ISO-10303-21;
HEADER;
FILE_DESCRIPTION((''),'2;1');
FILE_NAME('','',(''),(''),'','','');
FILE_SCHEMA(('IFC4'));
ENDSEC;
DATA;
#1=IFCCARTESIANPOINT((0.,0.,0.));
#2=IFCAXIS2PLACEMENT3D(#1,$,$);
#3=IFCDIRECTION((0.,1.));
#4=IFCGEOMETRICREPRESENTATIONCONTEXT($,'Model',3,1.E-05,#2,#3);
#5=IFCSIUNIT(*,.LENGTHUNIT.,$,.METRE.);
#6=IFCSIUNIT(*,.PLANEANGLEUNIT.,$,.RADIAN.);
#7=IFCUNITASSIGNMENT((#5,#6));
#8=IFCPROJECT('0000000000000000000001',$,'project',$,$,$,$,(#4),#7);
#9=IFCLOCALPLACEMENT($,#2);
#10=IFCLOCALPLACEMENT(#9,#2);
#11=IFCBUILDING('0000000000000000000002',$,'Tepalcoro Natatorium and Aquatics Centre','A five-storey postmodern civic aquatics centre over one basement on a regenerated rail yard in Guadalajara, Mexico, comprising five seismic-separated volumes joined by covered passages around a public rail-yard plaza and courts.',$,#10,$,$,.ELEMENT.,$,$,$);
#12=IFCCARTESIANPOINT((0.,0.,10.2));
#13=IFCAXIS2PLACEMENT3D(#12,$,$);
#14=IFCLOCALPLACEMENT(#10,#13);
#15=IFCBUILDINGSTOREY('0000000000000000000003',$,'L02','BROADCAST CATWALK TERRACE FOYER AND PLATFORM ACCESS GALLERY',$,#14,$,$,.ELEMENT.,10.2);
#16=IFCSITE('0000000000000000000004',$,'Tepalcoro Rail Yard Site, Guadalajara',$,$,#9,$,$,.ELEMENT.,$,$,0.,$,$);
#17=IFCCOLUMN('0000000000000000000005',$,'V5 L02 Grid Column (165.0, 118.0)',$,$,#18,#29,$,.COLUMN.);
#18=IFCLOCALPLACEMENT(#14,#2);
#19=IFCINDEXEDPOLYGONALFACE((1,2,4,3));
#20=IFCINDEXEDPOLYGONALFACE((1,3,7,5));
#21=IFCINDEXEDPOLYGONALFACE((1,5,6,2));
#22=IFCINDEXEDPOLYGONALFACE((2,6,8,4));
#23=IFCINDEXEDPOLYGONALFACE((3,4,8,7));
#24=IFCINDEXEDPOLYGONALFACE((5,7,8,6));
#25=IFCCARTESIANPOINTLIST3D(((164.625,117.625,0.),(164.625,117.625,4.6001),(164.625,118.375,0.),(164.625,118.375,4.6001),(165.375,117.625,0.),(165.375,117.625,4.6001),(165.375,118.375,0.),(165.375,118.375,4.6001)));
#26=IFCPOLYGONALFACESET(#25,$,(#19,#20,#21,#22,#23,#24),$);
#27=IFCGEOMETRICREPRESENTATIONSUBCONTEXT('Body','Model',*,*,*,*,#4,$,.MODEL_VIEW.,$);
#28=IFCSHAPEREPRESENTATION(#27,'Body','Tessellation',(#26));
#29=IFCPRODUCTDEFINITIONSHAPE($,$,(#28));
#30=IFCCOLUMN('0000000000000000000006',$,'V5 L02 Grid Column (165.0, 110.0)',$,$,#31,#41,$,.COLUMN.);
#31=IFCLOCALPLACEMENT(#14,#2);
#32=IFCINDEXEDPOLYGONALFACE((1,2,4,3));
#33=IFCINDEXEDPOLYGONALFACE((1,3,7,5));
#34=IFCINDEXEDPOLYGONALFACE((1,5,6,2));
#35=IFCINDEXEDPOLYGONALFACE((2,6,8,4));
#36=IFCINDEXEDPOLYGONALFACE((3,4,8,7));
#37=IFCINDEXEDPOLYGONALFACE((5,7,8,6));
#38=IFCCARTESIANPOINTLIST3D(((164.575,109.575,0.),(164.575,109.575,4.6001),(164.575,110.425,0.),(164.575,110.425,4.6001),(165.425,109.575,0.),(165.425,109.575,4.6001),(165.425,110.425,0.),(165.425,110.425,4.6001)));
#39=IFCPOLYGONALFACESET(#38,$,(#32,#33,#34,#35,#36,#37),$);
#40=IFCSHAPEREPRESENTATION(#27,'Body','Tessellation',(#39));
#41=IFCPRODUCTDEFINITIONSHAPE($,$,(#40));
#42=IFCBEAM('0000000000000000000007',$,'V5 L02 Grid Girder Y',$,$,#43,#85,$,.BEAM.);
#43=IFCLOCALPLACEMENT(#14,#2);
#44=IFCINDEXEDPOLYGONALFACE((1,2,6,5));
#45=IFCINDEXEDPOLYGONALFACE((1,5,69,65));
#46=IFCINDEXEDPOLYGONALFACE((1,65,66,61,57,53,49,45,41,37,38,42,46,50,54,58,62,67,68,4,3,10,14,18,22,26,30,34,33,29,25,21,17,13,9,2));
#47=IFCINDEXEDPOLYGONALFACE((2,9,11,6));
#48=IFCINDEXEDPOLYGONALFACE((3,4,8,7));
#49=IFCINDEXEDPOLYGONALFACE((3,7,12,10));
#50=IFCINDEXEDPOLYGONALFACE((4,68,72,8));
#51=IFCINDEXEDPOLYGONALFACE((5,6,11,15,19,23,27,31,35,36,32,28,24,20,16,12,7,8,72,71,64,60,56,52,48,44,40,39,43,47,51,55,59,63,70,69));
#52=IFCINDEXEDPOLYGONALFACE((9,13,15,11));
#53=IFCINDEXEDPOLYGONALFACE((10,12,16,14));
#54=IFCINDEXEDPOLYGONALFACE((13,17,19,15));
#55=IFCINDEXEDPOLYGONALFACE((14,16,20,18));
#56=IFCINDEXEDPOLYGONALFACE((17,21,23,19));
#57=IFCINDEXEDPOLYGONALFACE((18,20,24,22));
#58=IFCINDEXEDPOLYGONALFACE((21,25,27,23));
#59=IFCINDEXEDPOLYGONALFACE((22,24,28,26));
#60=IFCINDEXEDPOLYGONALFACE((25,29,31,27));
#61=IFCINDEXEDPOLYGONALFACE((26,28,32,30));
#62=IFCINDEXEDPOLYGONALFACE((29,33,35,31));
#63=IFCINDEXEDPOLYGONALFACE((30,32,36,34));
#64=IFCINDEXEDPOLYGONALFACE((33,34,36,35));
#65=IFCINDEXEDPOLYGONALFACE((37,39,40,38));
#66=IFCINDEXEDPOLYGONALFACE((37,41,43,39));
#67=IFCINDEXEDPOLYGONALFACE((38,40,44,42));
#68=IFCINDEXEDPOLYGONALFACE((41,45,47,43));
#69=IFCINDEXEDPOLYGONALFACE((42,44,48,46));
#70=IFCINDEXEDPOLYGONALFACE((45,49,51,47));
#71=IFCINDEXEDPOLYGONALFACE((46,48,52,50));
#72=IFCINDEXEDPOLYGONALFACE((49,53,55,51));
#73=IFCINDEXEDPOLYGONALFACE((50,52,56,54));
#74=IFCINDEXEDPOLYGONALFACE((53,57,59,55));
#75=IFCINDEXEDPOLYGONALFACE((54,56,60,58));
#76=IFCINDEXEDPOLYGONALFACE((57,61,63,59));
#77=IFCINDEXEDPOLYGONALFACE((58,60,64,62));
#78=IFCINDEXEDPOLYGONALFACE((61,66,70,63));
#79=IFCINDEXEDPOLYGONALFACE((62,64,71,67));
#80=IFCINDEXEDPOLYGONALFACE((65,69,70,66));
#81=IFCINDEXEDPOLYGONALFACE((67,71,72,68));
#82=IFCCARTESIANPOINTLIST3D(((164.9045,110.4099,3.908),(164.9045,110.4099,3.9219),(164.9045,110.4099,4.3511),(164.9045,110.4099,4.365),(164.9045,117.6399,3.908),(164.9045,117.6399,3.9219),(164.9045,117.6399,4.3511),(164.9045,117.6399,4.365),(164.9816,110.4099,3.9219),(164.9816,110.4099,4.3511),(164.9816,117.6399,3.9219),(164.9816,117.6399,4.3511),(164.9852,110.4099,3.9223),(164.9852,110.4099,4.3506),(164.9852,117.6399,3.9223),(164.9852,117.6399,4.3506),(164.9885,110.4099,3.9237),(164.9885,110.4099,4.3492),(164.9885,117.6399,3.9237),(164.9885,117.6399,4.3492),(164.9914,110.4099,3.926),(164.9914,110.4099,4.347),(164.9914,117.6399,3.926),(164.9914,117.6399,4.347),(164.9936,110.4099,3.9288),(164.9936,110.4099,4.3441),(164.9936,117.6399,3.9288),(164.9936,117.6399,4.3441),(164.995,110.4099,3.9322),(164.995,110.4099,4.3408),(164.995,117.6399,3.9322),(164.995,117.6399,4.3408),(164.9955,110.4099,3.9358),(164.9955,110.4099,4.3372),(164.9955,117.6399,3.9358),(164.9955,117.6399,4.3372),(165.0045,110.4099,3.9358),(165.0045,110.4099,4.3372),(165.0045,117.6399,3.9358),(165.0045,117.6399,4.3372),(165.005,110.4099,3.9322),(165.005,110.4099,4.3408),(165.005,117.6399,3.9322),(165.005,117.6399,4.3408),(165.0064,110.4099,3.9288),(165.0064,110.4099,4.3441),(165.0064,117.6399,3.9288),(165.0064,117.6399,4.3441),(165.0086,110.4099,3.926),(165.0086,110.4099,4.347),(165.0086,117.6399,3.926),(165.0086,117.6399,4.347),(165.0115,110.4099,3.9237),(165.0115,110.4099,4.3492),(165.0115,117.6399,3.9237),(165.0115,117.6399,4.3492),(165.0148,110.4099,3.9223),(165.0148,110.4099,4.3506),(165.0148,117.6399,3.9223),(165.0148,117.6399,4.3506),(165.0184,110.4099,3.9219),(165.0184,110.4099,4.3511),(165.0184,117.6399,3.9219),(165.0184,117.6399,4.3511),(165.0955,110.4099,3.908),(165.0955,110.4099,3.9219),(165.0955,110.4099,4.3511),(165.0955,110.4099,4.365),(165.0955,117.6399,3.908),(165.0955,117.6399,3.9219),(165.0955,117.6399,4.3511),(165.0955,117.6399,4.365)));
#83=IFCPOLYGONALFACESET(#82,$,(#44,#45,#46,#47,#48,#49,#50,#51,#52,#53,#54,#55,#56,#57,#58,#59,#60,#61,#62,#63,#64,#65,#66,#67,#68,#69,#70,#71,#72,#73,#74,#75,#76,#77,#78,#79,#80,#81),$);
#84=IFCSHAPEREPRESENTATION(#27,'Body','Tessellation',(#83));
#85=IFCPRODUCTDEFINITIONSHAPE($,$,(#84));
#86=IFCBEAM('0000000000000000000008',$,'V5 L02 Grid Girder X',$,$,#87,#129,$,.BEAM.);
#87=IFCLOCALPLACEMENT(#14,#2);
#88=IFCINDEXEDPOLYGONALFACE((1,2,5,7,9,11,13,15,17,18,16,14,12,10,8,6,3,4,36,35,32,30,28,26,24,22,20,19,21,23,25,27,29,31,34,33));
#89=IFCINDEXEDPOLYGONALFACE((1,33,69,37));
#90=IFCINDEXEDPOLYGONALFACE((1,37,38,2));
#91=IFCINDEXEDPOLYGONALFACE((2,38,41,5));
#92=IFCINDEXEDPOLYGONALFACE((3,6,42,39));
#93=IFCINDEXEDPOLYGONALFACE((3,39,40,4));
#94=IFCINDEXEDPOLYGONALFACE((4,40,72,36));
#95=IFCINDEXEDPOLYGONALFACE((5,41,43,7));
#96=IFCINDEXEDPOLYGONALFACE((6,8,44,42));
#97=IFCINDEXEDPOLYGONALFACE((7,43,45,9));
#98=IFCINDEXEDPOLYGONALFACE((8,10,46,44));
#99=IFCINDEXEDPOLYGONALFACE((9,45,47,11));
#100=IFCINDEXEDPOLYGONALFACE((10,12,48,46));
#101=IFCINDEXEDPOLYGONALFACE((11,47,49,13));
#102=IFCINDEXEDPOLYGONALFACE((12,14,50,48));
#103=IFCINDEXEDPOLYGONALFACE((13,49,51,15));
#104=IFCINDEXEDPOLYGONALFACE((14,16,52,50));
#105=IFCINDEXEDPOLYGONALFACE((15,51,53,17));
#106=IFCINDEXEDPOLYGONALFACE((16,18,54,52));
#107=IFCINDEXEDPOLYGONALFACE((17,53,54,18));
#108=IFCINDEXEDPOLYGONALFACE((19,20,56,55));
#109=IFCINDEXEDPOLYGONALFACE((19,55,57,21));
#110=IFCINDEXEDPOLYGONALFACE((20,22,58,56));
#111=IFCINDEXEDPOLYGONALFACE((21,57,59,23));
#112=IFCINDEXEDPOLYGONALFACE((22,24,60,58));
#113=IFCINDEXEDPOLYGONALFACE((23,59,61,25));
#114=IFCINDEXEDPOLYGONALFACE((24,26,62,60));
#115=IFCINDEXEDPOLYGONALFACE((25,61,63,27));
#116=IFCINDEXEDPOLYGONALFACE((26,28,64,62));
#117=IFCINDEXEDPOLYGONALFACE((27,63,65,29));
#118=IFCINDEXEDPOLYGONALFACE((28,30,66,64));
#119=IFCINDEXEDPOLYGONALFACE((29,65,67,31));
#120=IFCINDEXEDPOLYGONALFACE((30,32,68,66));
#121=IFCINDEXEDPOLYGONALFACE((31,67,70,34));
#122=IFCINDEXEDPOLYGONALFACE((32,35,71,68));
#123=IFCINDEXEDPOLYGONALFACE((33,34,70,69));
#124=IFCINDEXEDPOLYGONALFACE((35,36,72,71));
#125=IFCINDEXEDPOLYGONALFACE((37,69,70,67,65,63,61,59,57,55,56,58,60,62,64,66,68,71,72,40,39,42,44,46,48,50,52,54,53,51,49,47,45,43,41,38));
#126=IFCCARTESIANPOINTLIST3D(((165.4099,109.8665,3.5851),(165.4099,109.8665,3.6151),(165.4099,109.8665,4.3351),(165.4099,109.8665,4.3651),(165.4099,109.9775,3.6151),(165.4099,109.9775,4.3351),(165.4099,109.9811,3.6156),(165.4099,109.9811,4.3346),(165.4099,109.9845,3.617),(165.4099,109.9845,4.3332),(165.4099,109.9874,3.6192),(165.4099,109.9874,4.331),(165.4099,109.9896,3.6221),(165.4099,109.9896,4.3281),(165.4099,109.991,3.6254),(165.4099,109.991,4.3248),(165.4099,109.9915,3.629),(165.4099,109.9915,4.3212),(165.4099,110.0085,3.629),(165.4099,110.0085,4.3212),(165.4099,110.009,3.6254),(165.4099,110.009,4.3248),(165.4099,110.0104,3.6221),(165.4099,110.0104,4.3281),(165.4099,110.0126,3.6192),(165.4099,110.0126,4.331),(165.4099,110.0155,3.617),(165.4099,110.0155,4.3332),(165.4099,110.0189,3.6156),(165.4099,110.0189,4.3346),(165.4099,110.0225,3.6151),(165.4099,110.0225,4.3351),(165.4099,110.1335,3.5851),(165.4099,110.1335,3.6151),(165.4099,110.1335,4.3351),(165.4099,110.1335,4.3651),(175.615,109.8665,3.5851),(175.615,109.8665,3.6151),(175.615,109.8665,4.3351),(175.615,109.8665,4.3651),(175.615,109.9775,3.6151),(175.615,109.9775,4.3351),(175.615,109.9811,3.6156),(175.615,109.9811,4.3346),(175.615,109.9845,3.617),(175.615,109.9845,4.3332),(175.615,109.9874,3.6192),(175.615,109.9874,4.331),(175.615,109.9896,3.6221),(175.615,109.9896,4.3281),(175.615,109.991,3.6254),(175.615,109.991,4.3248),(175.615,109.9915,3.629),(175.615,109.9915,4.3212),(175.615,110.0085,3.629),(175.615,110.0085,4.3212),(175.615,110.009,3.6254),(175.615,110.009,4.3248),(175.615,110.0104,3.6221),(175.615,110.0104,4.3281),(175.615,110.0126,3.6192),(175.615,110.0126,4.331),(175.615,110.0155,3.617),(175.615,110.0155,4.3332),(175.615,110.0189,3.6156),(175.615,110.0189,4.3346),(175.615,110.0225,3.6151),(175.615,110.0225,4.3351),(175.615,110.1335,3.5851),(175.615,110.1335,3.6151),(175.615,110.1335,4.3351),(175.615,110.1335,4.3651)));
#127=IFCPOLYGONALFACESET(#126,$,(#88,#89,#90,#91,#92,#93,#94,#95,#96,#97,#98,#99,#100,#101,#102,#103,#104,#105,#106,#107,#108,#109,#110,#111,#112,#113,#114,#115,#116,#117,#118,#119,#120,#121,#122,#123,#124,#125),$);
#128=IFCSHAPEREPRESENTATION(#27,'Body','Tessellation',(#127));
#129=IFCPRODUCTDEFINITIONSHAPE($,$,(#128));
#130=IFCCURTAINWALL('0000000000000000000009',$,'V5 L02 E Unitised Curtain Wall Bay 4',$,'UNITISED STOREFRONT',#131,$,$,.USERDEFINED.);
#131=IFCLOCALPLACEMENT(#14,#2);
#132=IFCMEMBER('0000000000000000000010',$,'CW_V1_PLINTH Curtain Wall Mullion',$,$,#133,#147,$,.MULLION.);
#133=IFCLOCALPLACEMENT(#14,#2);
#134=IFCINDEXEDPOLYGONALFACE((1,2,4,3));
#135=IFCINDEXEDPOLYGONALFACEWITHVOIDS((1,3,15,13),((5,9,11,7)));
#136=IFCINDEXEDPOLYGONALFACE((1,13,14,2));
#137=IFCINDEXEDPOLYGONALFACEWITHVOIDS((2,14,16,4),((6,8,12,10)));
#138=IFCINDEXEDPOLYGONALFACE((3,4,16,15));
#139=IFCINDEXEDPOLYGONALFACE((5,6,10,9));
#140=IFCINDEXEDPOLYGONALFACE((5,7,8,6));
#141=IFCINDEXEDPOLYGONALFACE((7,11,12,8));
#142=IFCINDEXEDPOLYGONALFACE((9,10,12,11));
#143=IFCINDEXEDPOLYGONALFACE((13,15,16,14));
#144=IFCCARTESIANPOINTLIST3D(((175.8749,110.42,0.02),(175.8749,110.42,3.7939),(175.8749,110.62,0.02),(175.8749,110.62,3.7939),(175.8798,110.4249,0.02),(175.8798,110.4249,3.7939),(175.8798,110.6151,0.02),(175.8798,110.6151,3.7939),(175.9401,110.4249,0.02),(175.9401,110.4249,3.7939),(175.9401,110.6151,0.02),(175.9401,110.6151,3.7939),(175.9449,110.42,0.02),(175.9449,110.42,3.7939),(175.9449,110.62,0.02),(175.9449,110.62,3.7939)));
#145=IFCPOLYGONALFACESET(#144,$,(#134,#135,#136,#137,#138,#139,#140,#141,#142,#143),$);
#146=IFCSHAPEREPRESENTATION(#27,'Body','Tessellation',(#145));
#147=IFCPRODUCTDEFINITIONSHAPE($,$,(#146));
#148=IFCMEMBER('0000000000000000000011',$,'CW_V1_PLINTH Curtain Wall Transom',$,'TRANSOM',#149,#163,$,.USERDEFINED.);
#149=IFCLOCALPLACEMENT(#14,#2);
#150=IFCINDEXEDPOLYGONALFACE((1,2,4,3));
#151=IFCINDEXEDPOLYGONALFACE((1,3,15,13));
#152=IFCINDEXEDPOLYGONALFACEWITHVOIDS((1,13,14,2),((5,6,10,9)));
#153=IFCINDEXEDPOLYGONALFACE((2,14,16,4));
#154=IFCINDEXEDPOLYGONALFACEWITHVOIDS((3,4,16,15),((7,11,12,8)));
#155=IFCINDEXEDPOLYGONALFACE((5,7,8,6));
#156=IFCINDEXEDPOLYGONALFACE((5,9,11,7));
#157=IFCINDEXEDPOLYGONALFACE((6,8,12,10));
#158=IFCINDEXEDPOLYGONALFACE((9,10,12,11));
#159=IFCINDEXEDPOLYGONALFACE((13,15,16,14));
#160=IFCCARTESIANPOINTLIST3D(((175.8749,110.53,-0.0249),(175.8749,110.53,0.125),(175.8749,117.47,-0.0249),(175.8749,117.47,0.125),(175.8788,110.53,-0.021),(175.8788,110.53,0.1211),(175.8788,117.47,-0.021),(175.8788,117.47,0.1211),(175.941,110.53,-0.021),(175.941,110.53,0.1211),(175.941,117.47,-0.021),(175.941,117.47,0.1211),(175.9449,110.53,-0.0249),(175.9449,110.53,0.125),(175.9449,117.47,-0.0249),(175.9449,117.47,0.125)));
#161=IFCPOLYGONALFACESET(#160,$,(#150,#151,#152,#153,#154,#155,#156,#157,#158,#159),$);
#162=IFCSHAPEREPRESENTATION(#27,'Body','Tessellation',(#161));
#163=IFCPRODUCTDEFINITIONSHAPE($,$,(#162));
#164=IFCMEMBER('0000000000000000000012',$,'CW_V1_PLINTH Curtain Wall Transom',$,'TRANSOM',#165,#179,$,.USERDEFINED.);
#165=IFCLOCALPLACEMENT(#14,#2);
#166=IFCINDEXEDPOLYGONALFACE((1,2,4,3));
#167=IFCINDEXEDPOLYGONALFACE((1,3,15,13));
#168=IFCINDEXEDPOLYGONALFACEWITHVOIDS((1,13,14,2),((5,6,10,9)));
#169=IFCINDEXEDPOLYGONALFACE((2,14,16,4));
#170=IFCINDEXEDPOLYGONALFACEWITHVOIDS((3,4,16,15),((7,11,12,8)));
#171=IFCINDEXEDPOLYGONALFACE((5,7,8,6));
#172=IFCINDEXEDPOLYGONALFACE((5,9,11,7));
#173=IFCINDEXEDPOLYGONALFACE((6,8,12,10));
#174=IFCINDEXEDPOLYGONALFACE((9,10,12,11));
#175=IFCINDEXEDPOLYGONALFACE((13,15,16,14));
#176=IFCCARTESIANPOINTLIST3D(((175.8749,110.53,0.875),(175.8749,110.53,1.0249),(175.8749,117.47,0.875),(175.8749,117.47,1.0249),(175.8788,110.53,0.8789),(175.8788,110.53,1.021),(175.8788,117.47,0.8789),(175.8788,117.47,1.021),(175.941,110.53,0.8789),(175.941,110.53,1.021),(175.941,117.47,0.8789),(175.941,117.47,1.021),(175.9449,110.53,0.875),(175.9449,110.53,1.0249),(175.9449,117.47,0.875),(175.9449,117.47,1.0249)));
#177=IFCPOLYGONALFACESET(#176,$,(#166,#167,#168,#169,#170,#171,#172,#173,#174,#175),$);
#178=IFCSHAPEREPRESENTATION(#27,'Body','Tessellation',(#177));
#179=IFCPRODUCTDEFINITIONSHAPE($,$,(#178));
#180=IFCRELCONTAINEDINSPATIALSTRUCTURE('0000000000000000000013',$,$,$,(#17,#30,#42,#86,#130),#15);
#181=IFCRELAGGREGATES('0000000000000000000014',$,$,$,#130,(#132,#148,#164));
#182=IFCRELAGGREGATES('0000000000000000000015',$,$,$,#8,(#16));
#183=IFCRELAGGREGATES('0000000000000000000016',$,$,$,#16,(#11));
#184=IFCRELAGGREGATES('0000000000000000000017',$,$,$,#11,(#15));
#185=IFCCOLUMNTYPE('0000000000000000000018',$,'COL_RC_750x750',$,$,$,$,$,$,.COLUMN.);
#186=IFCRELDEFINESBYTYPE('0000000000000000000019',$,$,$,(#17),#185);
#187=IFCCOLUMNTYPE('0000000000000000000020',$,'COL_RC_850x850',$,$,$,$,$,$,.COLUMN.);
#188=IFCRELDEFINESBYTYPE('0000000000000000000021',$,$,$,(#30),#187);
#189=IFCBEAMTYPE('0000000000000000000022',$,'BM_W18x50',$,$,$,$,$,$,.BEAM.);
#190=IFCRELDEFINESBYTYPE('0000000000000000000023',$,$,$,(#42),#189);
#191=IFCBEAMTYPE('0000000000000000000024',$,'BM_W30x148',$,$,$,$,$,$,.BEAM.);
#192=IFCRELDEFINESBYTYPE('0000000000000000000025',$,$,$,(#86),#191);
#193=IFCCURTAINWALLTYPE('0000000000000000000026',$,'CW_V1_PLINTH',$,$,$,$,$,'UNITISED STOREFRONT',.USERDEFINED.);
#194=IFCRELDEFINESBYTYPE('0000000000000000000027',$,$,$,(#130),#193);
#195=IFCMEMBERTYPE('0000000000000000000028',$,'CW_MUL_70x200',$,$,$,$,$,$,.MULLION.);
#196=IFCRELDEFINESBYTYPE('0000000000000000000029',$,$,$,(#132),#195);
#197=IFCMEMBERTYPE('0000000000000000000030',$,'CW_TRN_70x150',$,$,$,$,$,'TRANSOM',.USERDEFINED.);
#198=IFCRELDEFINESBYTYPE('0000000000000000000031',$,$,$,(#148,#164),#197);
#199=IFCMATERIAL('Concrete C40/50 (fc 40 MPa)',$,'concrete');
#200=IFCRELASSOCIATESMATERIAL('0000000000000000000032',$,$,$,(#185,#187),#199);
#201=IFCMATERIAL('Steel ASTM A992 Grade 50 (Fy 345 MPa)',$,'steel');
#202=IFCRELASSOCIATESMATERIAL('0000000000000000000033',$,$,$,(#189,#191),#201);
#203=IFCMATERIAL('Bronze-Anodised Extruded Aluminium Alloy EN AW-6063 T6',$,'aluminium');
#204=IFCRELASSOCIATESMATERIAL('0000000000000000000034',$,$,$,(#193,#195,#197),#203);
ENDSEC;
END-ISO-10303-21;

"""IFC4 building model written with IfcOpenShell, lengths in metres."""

from ifc_helpers import new_model, si_unit, direction, frame, origin, origin_2d, place, context, subcontext, project, spatial, rectangle, hollow_rectangle, i_section, extrude, material, material_profile, profile_set, type_object, element, aggregate, save


model = new_model("IFC4")

# Units and contexts
model_context = context("Model", 3, precision=1e-05, world=origin(), true_north=direction((0.0, 1.0)))
body_context = subcontext(model_context, "Body", "Model", "MODEL_VIEW")
ifc_project = project(units=[si_unit("LENGTHUNIT", "METRE"), si_unit("PLANEANGLEUNIT", "RADIAN")], contexts=[model_context])

# Site, building, storey
site_placement = place(None, origin())
site = spatial("IfcSite", under=ifc_project, at=site_placement, Name="Tepalcoro Rail Yard Site, Guadalajara", CompositionType="ELEMENT", RefElevation=0.0)
building_placement = place(site_placement, origin())
building = spatial("IfcBuilding", under=site, at=building_placement, Name="Tepalcoro Natatorium and Aquatics Centre", Description="A five-storey postmodern civic aquatics centre over one basement on a regenerated rail yard in Guadalajara, Mexico, comprising five seismic-separated volumes joined by covered passages around a public rail-yard plaza and courts.", CompositionType="ELEMENT")
storey_placement = place(building_placement, frame((0.0, 0.0, 10.2)))
storey = spatial("IfcBuildingStorey", under=building, at=storey_placement, Name="L02", Description="BROADCAST CATWALK TERRACE FOYER AND PLATFORM ACCESS GALLERY", CompositionType="ELEMENT", Elevation=10.2)

# Columns
ifc_material_1 = material(Name="Concrete C40/50 (fc 40 MPa)", Category="concrete")
ifc_material_profile_1 = material_profile(ifc_material_1, rectangle(XDim=0.75, YDim=0.75, at=origin_2d()), Name="RC750x750")
ifc_profile_set_1 = profile_set([ifc_material_profile_1], Name="Concrete C40/50 (fc 40 MPa)")
column_type_1 = type_object("IfcColumnType", Name="COL_RC_750x750", PredefinedType="COLUMN", material=ifc_profile_set_1)
column_1_placement = place(storey_placement, frame((165.0, 118.0, 0.0), z_axis=(0.0, 0.0, 1.0), x_axis=(1.0, 0.0, 0.0)))
element("IfcColumn", 1, at=column_1_placement, inside=storey, type_object=column_type_1, Name="V5 L02 Grid Column (165.0, 118.0)", PredefinedType="COLUMN", context=body_context, shape_type="SweptSolid", body=[
    extrude(rectangle(XDim=0.75, YDim=0.75, at=origin_2d()), origin(), (0.0, 0.0, 1.0), 4.6001),
])
ifc_material_profile_2 = material_profile(ifc_material_1, rectangle(XDim=0.8501, YDim=0.8501, at=origin_2d()), Name="RC850x850")
ifc_profile_set_2 = profile_set([ifc_material_profile_2], Name="Concrete C40/50 (fc 40 MPa)")
column_type_2 = type_object("IfcColumnType", Name="COL_RC_850x850", PredefinedType="COLUMN", material=ifc_profile_set_2)
column_2_placement = place(storey_placement, frame((165.0, 110.0, 0.0), z_axis=(0.0, 0.0, 1.0), x_axis=(1.0, 0.0, 0.0)))
element("IfcColumn", 2, at=column_2_placement, inside=storey, type_object=column_type_2, Name="V5 L02 Grid Column (165.0, 110.0)", PredefinedType="COLUMN", context=body_context, shape_type="SweptSolid", body=[
    extrude(rectangle(XDim=0.8501, YDim=0.8501, at=origin_2d()), origin(), (0.0, 0.0, 1.0), 4.6001),
])

# Beams
ifc_material_2 = material(Name="Steel ASTM A992 Grade 50 (Fy 345 MPa)", Category="steel")
ifc_material_profile_3 = material_profile(ifc_material_2, i_section(OverallWidth=0.1909, OverallDepth=0.457, WebThickness=0.009, FlangeThickness=0.0139, FilletRadius=0.0139, at=origin_2d()), Name="W18X50")
ifc_profile_set_3 = profile_set([ifc_material_profile_3], Name="Steel ASTM A992 Grade 50 (Fy 345 MPa)")
beam_type_1 = type_object("IfcBeamType", Name="BM_W18x50", PredefinedType="BEAM", material=ifc_profile_set_3)
beam_1_placement = place(storey_placement, frame((165.0, 110.4099, 4.1365), z_axis=(0.0, 1.0, 0.0), x_axis=(-1.0, 0.0, 0.0)))
element("IfcBeam", 3, at=beam_1_placement, inside=storey, type_object=beam_type_1, Name="V5 L02 Grid Girder Y", PredefinedType="BEAM", context=body_context, shape_type="SweptSolid", body=[
    extrude(i_section(OverallWidth=0.1909, OverallDepth=0.457, WebThickness=0.009, FlangeThickness=0.0139, FilletRadius=0.0139, at=origin_2d()), origin(), (0.0, 0.0, 1.0), 7.23),
])
ifc_material_profile_4 = material_profile(ifc_material_2, i_section(OverallWidth=0.2671, OverallDepth=0.78, WebThickness=0.0171, FlangeThickness=0.03, FilletRadius=0.0139, at=origin_2d()), Name="W30X148")
ifc_profile_set_4 = profile_set([ifc_material_profile_4], Name="Steel ASTM A992 Grade 50 (Fy 345 MPa)")
beam_type_2 = type_object("IfcBeamType", Name="BM_W30x148", PredefinedType="BEAM", material=ifc_profile_set_4)
beam_2_placement = place(storey_placement, frame((165.4099, 110.0, 3.9751), z_axis=(1.0, 0.0, 0.0), x_axis=(0.0, 1.0, 0.0)))
element("IfcBeam", 4, at=beam_2_placement, inside=storey, type_object=beam_type_2, Name="V5 L02 Grid Girder X", PredefinedType="BEAM", context=body_context, shape_type="SweptSolid", body=[
    extrude(i_section(OverallWidth=0.2671, OverallDepth=0.78, WebThickness=0.0171, FlangeThickness=0.03, FilletRadius=0.0139, at=origin_2d()), origin(), (0.0, 0.0, 1.0), 10.2051),
])

# Curtain wall, members
ifc_material_3 = material(Name="Bronze-Anodised Extruded Aluminium Alloy EN AW-6063 T6", Category="aluminium")
curtain_wall_type = type_object("IfcCurtainWallType", Name="CW_V1_PLINTH", ElementType="UNITISED STOREFRONT", PredefinedType="USERDEFINED", material=ifc_material_3)
curtain_wall_placement = place(storey_placement, origin())
curtain_wall = element("IfcCurtainWall", 5, at=curtain_wall_placement, inside=storey, type_object=curtain_wall_type, Name="V5 L02 E Unitised Curtain Wall Bay 4", ObjectType="UNITISED STOREFRONT", PredefinedType="USERDEFINED")
ifc_material_profile_5 = material_profile(ifc_material_3, hollow_rectangle(XDim=0.0701, YDim=0.2, WallThickness=0.0049, at=origin_2d()), Name="AL70X200X5")
ifc_profile_set_5 = profile_set([ifc_material_profile_5], Name="Bronze-Anodised Extruded Aluminium Alloy EN AW-6063 T6")
member_type_1 = type_object("IfcMemberType", Name="CW_MUL_70x200", PredefinedType="MULLION", material=ifc_profile_set_5)
member_1_placement = place(storey_placement, frame((175.9099, 110.52, 0.02), z_axis=(0.0, 0.0, 1.0), x_axis=(1.0, 0.0, 0.0)))
member_1 = element("IfcMember", 6, at=member_1_placement, type_object=member_type_1, Name="CW_V1_PLINTH Curtain Wall Mullion", PredefinedType="MULLION", context=body_context, shape_type="SweptSolid", body=[
    extrude(hollow_rectangle(XDim=0.0701, YDim=0.2, WallThickness=0.0049, at=origin_2d()), origin(), (0.0, 0.0, 1.0), 3.7739),
])
ifc_material_profile_6 = material_profile(ifc_material_3, hollow_rectangle(XDim=0.0701, YDim=0.1499, WallThickness=0.0039, at=origin_2d()), Name="AL70X150X4")
ifc_profile_set_6 = profile_set([ifc_material_profile_6], Name="Bronze-Anodised Extruded Aluminium Alloy EN AW-6063 T6")
member_type_2 = type_object("IfcMemberType", Name="CW_TRN_70x150", ElementType="TRANSOM", PredefinedType="USERDEFINED", material=ifc_profile_set_6)
member_2_placement = place(storey_placement, frame((175.9099, 110.53, 0.05), z_axis=(0.0, 1.0, 0.0), x_axis=(-1.0, 0.0, 0.0)))
member_2 = element("IfcMember", 7, at=member_2_placement, type_object=member_type_2, Name="CW_V1_PLINTH Curtain Wall Transom", ObjectType="TRANSOM", PredefinedType="USERDEFINED", context=body_context, shape_type="SweptSolid", body=[
    extrude(hollow_rectangle(XDim=0.0701, YDim=0.1499, WallThickness=0.0039, at=origin_2d()), origin(), (0.0, 0.0, 1.0), 6.9399),
])
member_3_placement = place(storey_placement, frame((175.9099, 110.53, 0.95), z_axis=(0.0, 1.0, 0.0), x_axis=(-1.0, 0.0, 0.0)))
member_3 = element("IfcMember", 8, at=member_3_placement, type_object=member_type_2, Name="CW_V1_PLINTH Curtain Wall Transom", ObjectType="TRANSOM", PredefinedType="USERDEFINED", context=body_context, shape_type="SweptSolid", body=[
    extrude(hollow_rectangle(XDim=0.0701, YDim=0.1499, WallThickness=0.0039, at=origin_2d()), origin(), (0.0, 0.0, 1.0), 6.9399),
])
aggregate(curtain_wall, [member_1, member_2, member_3])

save(model, "model.ifc")
